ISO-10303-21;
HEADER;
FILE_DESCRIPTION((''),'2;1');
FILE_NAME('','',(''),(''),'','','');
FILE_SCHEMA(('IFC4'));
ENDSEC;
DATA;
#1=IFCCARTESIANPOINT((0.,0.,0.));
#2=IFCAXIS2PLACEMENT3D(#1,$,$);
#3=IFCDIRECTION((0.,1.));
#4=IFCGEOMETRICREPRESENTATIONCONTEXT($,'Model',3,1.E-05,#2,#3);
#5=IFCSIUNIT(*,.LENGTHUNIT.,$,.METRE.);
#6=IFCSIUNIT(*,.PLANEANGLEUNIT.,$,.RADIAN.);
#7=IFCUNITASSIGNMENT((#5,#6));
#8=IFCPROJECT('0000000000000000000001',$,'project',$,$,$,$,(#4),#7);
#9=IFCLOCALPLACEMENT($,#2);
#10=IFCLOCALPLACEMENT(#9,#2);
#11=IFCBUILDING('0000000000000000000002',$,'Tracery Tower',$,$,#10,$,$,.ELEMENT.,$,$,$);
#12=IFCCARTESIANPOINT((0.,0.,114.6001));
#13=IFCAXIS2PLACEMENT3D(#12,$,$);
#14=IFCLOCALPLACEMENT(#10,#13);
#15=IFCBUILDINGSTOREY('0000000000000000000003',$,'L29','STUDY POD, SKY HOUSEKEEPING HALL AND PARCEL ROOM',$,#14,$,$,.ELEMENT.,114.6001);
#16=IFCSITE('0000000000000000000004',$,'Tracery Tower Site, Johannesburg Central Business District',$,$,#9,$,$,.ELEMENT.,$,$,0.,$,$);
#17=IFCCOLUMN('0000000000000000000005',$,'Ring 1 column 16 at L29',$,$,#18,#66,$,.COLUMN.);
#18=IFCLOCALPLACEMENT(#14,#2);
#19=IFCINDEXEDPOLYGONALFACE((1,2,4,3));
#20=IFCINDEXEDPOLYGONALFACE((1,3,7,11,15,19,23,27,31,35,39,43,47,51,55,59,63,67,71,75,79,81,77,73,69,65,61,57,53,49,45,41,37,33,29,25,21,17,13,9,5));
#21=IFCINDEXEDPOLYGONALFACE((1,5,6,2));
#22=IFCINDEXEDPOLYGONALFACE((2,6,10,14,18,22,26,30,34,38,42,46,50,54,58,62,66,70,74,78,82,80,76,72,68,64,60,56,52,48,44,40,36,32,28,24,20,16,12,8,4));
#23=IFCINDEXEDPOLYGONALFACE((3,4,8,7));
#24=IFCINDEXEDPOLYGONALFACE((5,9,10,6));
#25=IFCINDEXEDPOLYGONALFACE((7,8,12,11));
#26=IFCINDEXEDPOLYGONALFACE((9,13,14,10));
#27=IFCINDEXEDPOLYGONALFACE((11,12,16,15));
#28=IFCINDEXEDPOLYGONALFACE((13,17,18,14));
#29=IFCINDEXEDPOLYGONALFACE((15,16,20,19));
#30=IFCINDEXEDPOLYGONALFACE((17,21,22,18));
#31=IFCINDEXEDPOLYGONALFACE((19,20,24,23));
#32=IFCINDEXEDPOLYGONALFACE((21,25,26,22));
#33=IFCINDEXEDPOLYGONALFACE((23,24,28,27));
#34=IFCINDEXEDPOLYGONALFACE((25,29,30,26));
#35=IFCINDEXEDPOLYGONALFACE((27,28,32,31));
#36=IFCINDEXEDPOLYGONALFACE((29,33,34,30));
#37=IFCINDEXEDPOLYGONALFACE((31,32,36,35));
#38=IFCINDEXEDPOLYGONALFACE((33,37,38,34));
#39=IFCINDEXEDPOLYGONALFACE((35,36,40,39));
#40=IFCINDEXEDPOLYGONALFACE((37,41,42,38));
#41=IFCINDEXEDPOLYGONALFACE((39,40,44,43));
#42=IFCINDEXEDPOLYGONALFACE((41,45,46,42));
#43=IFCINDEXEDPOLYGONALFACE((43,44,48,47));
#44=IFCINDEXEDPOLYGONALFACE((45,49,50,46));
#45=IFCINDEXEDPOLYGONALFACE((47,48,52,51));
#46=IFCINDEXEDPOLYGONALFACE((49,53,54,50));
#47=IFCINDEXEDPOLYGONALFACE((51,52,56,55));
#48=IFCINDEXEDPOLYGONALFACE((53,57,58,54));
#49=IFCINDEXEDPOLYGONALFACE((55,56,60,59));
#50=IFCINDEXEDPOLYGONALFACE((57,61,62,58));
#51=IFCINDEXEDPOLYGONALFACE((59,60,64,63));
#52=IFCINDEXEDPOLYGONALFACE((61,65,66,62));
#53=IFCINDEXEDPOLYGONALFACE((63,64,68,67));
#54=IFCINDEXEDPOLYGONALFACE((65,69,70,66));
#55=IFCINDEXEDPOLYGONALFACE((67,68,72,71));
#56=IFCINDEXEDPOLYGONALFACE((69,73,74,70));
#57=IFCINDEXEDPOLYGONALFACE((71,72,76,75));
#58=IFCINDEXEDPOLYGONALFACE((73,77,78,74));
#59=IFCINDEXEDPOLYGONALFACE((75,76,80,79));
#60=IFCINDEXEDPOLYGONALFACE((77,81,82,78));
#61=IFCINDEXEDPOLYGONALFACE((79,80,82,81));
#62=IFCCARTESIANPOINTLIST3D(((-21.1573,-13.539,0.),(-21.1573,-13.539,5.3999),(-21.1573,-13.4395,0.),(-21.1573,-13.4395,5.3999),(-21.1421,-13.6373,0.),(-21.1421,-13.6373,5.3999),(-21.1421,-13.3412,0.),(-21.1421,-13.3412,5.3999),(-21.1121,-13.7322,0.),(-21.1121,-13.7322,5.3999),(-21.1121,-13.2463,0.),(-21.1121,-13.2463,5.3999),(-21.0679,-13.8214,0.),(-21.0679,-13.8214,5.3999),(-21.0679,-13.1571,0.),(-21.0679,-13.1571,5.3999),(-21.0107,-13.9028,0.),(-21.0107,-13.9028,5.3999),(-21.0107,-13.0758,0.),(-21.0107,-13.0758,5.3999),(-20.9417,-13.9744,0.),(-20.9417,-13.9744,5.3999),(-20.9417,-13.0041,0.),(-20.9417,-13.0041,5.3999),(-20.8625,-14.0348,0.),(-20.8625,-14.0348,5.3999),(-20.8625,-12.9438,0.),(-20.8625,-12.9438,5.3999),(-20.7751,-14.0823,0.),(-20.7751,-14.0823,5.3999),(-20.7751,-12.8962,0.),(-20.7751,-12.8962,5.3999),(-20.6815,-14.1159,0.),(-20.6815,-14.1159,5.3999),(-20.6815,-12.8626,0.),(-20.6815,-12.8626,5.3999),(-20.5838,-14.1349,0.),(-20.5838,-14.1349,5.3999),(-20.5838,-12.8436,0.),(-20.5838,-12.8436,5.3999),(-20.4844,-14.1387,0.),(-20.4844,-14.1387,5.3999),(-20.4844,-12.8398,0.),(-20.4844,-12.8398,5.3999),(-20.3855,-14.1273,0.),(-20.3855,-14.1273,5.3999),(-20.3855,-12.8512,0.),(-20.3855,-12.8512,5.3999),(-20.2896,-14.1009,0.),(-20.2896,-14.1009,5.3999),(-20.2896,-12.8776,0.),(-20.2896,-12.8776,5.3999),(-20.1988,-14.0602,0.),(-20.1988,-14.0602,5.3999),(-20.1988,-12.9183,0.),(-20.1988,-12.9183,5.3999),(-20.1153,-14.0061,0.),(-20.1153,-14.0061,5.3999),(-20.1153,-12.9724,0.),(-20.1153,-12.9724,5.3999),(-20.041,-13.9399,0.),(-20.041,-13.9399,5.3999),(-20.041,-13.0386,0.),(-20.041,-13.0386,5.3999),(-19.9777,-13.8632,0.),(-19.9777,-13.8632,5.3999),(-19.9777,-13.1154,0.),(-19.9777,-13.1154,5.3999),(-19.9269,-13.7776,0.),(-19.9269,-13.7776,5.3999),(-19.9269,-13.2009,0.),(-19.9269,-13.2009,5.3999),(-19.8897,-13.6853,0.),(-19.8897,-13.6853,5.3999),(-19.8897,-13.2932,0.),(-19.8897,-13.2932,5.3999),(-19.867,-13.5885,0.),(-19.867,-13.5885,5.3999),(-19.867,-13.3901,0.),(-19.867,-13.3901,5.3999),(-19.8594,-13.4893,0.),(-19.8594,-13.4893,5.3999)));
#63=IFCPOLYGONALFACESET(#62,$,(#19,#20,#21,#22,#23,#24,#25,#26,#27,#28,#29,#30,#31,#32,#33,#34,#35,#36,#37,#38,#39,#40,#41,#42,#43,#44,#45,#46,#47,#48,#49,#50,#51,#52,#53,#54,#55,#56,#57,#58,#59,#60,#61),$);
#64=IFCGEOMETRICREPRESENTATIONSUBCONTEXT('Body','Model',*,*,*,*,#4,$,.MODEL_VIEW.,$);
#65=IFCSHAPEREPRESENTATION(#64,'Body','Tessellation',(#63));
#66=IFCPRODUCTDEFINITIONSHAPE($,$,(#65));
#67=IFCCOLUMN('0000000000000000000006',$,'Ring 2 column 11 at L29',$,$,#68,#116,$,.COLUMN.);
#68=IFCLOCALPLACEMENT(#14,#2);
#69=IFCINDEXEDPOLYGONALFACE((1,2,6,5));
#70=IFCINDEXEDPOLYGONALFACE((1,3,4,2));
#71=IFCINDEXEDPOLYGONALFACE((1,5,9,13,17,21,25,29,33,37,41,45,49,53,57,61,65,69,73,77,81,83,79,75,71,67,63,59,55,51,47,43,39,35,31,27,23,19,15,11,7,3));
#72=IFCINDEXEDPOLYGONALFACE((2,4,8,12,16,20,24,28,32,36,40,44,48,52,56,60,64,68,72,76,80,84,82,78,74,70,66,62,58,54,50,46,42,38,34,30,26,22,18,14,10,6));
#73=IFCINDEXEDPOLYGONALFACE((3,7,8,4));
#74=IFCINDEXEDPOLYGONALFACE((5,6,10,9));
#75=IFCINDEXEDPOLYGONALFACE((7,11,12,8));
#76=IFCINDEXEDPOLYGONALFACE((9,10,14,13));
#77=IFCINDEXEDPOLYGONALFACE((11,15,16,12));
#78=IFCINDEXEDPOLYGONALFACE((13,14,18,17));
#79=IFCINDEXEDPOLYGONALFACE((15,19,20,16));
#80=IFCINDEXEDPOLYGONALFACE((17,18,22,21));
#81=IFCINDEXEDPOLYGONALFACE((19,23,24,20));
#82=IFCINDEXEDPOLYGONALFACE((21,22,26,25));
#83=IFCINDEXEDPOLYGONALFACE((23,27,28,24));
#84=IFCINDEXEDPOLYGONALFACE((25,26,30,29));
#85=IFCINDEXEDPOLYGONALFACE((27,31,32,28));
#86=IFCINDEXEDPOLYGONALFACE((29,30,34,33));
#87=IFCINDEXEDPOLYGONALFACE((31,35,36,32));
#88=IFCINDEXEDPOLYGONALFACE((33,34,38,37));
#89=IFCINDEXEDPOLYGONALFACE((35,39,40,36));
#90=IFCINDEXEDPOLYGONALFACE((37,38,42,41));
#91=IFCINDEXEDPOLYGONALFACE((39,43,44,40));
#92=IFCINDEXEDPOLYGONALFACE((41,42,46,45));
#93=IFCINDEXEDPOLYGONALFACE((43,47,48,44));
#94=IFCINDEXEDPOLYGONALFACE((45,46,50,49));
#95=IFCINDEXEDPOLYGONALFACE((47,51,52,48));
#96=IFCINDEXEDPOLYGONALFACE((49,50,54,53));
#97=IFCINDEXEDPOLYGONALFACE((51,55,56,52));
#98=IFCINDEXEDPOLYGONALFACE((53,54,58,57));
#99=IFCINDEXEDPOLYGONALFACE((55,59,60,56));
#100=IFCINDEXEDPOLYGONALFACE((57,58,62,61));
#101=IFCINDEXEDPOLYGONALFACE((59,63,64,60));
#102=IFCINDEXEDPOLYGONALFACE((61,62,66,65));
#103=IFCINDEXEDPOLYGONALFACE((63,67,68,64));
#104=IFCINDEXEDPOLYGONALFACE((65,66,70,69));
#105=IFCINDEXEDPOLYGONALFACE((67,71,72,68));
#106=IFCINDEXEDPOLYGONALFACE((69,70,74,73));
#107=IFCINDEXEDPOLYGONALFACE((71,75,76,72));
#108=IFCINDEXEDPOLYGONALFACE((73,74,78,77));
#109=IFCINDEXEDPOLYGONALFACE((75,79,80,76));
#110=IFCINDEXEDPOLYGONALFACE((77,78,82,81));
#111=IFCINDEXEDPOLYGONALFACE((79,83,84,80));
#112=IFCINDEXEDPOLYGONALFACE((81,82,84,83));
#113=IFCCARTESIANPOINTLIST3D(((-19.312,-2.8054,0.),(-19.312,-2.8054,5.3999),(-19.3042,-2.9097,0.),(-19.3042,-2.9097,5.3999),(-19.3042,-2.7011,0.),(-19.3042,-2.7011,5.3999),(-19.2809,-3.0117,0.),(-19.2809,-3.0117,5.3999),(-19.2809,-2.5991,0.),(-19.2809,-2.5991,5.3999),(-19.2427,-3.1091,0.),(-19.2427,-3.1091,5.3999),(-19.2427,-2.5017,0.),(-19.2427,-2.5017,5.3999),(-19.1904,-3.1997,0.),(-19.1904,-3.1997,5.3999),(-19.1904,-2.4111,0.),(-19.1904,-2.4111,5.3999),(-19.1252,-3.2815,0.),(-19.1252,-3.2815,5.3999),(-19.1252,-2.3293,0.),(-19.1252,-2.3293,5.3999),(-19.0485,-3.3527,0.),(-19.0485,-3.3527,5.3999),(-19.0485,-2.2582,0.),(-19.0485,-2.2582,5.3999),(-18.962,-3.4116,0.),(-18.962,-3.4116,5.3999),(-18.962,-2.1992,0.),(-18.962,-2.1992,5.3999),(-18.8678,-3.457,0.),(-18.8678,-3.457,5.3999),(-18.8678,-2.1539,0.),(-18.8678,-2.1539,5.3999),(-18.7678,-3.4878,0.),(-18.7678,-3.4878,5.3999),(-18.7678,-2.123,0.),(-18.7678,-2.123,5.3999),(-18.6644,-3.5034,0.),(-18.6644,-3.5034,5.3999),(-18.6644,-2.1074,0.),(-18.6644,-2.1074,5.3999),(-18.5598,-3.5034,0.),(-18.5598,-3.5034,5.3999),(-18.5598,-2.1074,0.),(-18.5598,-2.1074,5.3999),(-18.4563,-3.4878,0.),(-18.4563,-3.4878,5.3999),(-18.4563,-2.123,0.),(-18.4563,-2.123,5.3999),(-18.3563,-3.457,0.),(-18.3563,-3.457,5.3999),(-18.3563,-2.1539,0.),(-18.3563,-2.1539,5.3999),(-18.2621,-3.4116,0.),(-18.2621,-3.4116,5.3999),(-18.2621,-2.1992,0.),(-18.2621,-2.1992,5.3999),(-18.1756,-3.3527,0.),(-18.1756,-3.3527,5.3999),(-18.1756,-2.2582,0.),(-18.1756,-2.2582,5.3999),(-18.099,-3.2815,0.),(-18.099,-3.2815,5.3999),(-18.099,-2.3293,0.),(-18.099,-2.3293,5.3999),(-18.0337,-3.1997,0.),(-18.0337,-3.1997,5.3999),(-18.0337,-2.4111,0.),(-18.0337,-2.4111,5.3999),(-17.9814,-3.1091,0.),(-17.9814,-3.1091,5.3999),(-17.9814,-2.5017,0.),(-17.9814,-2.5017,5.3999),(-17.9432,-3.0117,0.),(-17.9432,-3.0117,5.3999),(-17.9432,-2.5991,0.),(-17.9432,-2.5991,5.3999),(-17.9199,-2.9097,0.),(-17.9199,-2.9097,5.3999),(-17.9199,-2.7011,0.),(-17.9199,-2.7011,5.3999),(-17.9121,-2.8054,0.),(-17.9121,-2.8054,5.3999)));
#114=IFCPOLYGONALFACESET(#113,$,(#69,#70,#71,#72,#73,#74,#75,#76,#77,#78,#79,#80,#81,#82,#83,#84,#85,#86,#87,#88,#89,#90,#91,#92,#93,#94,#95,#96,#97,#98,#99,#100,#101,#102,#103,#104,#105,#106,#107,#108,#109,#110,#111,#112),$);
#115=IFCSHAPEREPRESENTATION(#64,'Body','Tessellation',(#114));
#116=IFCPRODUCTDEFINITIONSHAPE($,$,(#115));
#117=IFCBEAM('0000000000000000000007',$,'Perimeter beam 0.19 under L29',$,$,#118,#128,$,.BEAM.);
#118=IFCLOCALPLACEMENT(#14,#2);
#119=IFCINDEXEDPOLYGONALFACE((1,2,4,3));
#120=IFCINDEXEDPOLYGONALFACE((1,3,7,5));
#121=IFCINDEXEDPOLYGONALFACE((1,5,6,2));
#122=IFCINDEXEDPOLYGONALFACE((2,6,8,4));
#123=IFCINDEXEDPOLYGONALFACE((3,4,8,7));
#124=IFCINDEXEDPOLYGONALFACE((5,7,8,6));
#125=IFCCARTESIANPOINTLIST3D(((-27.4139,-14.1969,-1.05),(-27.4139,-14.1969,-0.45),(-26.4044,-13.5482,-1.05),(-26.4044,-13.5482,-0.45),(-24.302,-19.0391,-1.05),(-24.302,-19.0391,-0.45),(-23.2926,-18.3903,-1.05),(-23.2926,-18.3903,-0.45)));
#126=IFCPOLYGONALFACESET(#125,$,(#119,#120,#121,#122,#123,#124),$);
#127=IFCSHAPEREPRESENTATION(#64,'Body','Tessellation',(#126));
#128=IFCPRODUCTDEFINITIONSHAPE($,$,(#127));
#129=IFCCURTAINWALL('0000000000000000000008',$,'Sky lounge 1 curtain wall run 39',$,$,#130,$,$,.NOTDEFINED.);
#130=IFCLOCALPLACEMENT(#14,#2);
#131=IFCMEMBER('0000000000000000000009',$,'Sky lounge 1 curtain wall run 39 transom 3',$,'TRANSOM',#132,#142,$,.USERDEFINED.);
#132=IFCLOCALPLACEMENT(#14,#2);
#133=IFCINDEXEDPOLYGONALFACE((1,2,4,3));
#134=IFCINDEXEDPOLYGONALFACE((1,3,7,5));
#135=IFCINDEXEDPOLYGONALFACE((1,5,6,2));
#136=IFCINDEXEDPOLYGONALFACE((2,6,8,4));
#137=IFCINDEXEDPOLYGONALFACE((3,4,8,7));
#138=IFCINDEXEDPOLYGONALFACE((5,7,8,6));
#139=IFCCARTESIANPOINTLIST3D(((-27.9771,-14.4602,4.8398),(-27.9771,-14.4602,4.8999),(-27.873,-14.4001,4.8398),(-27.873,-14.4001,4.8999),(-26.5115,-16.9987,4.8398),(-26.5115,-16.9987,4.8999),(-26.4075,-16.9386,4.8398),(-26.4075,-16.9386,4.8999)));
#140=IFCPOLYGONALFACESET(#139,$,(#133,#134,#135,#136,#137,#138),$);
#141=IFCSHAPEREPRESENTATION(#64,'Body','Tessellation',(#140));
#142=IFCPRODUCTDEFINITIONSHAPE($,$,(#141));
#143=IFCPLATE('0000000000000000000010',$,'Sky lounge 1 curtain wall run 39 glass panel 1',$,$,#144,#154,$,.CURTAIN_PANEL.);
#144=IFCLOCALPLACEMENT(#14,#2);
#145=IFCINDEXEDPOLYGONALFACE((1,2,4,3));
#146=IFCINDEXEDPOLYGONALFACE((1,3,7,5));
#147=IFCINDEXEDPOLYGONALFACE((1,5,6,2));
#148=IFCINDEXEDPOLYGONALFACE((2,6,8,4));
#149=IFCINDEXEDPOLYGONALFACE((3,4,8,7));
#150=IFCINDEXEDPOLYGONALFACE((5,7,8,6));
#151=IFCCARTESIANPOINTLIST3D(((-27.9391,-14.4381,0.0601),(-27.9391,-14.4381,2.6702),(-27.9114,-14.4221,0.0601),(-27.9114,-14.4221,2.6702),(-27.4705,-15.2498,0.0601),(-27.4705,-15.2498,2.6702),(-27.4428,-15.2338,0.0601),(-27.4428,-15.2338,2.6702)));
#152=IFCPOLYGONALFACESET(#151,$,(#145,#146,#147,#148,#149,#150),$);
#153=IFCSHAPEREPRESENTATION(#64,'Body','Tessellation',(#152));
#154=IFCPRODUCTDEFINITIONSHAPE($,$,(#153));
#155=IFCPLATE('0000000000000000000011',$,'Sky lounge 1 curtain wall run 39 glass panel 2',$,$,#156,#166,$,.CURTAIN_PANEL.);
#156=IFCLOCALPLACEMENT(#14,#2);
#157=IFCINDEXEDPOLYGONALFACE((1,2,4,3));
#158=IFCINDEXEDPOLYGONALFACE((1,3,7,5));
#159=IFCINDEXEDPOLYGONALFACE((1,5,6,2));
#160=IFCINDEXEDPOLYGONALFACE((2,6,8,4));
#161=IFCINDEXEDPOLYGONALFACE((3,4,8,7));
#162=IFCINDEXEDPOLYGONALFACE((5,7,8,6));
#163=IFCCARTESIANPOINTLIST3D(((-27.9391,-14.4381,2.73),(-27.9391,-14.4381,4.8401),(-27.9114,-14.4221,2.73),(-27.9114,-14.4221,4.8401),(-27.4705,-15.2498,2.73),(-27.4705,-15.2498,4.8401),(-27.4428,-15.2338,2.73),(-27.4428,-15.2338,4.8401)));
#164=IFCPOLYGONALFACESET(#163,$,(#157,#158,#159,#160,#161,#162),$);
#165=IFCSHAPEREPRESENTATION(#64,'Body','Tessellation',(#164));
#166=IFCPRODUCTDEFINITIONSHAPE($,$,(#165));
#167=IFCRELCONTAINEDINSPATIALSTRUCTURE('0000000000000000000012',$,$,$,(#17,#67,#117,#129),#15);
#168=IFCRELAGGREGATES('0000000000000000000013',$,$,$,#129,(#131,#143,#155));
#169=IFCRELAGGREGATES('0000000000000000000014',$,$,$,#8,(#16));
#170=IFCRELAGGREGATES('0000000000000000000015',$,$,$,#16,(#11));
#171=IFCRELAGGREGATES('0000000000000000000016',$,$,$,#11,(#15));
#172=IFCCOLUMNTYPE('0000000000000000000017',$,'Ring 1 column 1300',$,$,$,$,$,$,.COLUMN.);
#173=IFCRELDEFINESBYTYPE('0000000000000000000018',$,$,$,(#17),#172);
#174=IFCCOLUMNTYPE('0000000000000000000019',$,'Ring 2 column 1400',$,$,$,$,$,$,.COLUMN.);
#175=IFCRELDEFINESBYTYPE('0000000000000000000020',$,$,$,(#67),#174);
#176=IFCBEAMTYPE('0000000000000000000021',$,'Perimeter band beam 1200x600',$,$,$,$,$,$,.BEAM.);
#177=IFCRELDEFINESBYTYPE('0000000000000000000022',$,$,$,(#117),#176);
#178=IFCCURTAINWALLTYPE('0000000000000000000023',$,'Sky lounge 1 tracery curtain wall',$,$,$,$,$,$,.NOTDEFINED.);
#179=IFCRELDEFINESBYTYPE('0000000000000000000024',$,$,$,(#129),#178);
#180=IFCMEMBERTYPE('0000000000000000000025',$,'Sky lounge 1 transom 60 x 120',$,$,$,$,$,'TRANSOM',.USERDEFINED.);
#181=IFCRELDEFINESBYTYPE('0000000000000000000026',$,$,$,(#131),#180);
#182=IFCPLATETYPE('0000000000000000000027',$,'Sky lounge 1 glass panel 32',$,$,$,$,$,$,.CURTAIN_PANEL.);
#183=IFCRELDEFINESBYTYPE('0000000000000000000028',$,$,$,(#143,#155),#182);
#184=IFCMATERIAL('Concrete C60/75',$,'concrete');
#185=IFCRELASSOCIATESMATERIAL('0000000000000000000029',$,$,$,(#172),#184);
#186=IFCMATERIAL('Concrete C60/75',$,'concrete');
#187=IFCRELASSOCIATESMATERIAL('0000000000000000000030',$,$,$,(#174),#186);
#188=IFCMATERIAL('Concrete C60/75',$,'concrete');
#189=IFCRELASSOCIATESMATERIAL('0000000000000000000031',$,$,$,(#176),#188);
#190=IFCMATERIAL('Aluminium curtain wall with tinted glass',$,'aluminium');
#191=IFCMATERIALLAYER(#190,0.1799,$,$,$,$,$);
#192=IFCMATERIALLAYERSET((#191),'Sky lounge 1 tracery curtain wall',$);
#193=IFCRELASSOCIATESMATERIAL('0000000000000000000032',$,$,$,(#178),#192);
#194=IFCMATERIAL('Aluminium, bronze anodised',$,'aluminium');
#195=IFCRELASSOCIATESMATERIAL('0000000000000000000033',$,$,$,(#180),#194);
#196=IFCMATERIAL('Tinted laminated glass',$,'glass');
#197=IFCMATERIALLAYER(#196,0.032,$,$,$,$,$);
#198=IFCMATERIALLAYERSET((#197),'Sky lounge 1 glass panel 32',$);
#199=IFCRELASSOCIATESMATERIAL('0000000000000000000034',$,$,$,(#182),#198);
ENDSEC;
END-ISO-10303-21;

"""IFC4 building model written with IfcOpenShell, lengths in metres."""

from ifc_helpers import new_model, si_unit, direction, frame, origin, origin_2d, place, context, subcontext, project, spatial, rectangle, circle, extrude, material, layer, layer_set, material_profile, profile_set, type_object, element, aggregate, save


model = new_model("IFC4")

# Units and contexts
model_context = context("Model", 3, precision=1e-05, world=origin(), true_north=direction((0.0, 1.0)))
body_context = subcontext(model_context, "Body", "Model", "MODEL_VIEW")
ifc_project = project(units=[si_unit("LENGTHUNIT", "METRE"), si_unit("PLANEANGLEUNIT", "RADIAN")], contexts=[model_context])

# Site, building, storey
site_placement = place(None, origin())
site = spatial("IfcSite", under=ifc_project, at=site_placement, Name="Tracery Tower Site, Johannesburg Central Business District", CompositionType="ELEMENT", RefElevation=0.0)
building_placement = place(site_placement, origin())
building = spatial("IfcBuilding", under=site, at=building_placement, Name="Tracery Tower", CompositionType="ELEMENT")
storey_placement = place(building_placement, frame((0.0, 0.0, 114.6001)))
storey = spatial("IfcBuildingStorey", under=building, at=storey_placement, Name="L29", Description="STUDY POD, SKY HOUSEKEEPING HALL AND PARCEL ROOM", CompositionType="ELEMENT", Elevation=114.6001)

# Columns
ifc_material_1 = material(Name="Concrete C60/75", Category="concrete")
ifc_material_profile_1 = material_profile(ifc_material_1, circle(Radius=0.6499, at=origin_2d()), Name="RC D1300")
ifc_profile_set_1 = profile_set([ifc_material_profile_1], Name="Concrete C60/75")
column_type_1 = type_object("IfcColumnType", Name="Ring 1 column 1300", PredefinedType="COLUMN", material=ifc_profile_set_1)
for number, where, z_axis, x_axis, name in (
    (1, (-20.5093, -13.4893, 0.0), (0.0, 0.0, 1.0), (1.0, 0.0, 0.0), "Ring 1 column 16 at L29"),
):
    element("IfcColumn", number, at=place(storey_placement, frame(where, z_axis=z_axis, x_axis=x_axis)), inside=storey, type_object=column_type_1, Name=name, PredefinedType="COLUMN", context=body_context, shape_type="SweptSolid", body=[
        extrude(circle(Radius=0.6499, at=origin_2d()), origin(), (0.0, 0.0, 1.0), 5.3999),
    ])
ifc_material_2 = material(Name="Concrete C60/75", Category="concrete")
ifc_material_profile_2 = material_profile(ifc_material_2, circle(Radius=0.7, at=origin_2d()), Name="RC D1400")
ifc_profile_set_2 = profile_set([ifc_material_profile_2], Name="Concrete C60/75")
column_type_2 = type_object("IfcColumnType", Name="Ring 2 column 1400", PredefinedType="COLUMN", material=ifc_profile_set_2)
column_1_placement = place(storey_placement, frame((-18.6121, -2.8054, 0.0), z_axis=(0.0, 0.0, 1.0), x_axis=(1.0, 0.0, 0.0)))
element("IfcColumn", 2, at=column_1_placement, inside=storey, type_object=column_type_2, Name="Ring 2 column 11 at L29", PredefinedType="COLUMN", context=body_context, shape_type="SweptSolid", body=[
    extrude(circle(Radius=0.7, at=origin_2d()), origin(), (0.0, 0.0, 1.0), 5.3999),
])

# Beam
ifc_material_3 = material(Name="Concrete C60/75", Category="concrete")
ifc_material_profile_3 = material_profile(ifc_material_3, rectangle(XDim=1.2, YDim=0.6001, at=origin_2d()), Name="RC 1200x600")
ifc_profile_set_3 = profile_set([ifc_material_profile_3], Name="Concrete C60/75")
beam_type = type_object("IfcBeamType", Name="Perimeter band beam 1200x600", PredefinedType="BEAM", material=ifc_profile_set_3)
beam_placement = place(storey_placement, frame((-26.9092, -13.8726, -0.75), z_axis=(0.540644, -0.841252, 0.0), x_axis=(0.841252, 0.540644, 0.0)))
element("IfcBeam", 3, at=beam_placement, inside=storey, type_object=beam_type, Name="Perimeter beam 0.19 under L29", PredefinedType="BEAM", context=body_context, shape_type="SweptSolid", body=[
    extrude(rectangle(XDim=1.2, YDim=0.6001, at=origin_2d()), origin(), (0.0, 0.0, 1.0), 5.7559),
])

# Curtain wall, member, plates
ifc_material_4 = material(Name="Aluminium curtain wall with tinted glass", Category="aluminium")
ifc_layer_1 = layer(ifc_material_4, 0.1799)
ifc_layer_set_1 = layer_set([ifc_layer_1], Name="Sky lounge 1 tracery curtain wall")
curtain_wall_type = type_object("IfcCurtainWallType", Name="Sky lounge 1 tracery curtain wall", PredefinedType="NOTDEFINED", material=ifc_layer_set_1)
curtain_wall_placement = place(storey_placement, origin())
curtain_wall = element("IfcCurtainWall", 4, at=curtain_wall_placement, inside=storey, type_object=curtain_wall_type, Name="Sky lounge 1 curtain wall run 39", PredefinedType="NOTDEFINED")
ifc_material_5 = material(Name="Aluminium, bronze anodised", Category="aluminium")
ifc_material_profile_4 = material_profile(ifc_material_5, rectangle(XDim=0.1201, YDim=0.0601, at=origin_2d()), Name="AL 60x120")
ifc_profile_set_4 = profile_set([ifc_material_profile_4], Name="Aluminium, bronze anodised")
member_type = type_object("IfcMemberType", Name="Sky lounge 1 transom 60 x 120", ElementType="TRANSOM", PredefinedType="USERDEFINED", material=ifc_profile_set_4)
member_placement = place(storey_placement, frame((-27.925, -14.4302, 4.8699), z_axis=(0.499982, -0.866036, 0.0), x_axis=(0.866036, 0.499982, 0.0)))
member = element("IfcMember", 5, at=member_placement, type_object=member_type, Name="Sky lounge 1 curtain wall run 39 transom 3", ObjectType="TRANSOM", PredefinedType="USERDEFINED", context=body_context, shape_type="SweptSolid", body=[
    extrude(rectangle(XDim=0.1201, YDim=0.0601, at=origin_2d()), origin(), (0.0, 0.0, 1.0), 2.9312),
])
ifc_material_6 = material(Name="Tinted laminated glass", Category="glass")
ifc_layer_2 = layer(ifc_material_6, 0.032)
ifc_layer_set_2 = layer_set([ifc_layer_2], Name="Sky lounge 1 glass panel 32")
plate_type = type_object("IfcPlateType", Name="Sky lounge 1 glass panel 32", PredefinedType="CURTAIN_PANEL", material=ifc_layer_set_2)
plate_1_placement = place(storey_placement, frame((-27.6909, -14.8359, 0.0601), z_axis=(0.0, 0.0, 1.0), x_axis=(0.5, -0.866025, 0.0)))
plate_1 = element("IfcPlate", 6, at=plate_1_placement, type_object=plate_type, Name="Sky lounge 1 curtain wall run 39 glass panel 1", PredefinedType="CURTAIN_PANEL", context=body_context, shape_type="SweptSolid", body=[
    extrude(rectangle(XDim=0.9373, YDim=0.032, at=origin_2d()), origin(), (0.0, 0.0, 1.0), 2.6101),
])
plate_2_placement = place(storey_placement, frame((-27.6909, -14.8359, 2.73), z_axis=(0.0, 0.0, 1.0), x_axis=(0.5, -0.866025, 0.0)))
plate_2 = element("IfcPlate", 7, at=plate_2_placement, type_object=plate_type, Name="Sky lounge 1 curtain wall run 39 glass panel 2", PredefinedType="CURTAIN_PANEL", context=body_context, shape_type="SweptSolid", body=[
    extrude(rectangle(XDim=0.9373, YDim=0.032, at=origin_2d()), origin(), (0.0, 0.0, 1.0), 2.1101),
])
aggregate(curtain_wall, [member, plate_1, plate_2])

save(model, "model.ifc")
